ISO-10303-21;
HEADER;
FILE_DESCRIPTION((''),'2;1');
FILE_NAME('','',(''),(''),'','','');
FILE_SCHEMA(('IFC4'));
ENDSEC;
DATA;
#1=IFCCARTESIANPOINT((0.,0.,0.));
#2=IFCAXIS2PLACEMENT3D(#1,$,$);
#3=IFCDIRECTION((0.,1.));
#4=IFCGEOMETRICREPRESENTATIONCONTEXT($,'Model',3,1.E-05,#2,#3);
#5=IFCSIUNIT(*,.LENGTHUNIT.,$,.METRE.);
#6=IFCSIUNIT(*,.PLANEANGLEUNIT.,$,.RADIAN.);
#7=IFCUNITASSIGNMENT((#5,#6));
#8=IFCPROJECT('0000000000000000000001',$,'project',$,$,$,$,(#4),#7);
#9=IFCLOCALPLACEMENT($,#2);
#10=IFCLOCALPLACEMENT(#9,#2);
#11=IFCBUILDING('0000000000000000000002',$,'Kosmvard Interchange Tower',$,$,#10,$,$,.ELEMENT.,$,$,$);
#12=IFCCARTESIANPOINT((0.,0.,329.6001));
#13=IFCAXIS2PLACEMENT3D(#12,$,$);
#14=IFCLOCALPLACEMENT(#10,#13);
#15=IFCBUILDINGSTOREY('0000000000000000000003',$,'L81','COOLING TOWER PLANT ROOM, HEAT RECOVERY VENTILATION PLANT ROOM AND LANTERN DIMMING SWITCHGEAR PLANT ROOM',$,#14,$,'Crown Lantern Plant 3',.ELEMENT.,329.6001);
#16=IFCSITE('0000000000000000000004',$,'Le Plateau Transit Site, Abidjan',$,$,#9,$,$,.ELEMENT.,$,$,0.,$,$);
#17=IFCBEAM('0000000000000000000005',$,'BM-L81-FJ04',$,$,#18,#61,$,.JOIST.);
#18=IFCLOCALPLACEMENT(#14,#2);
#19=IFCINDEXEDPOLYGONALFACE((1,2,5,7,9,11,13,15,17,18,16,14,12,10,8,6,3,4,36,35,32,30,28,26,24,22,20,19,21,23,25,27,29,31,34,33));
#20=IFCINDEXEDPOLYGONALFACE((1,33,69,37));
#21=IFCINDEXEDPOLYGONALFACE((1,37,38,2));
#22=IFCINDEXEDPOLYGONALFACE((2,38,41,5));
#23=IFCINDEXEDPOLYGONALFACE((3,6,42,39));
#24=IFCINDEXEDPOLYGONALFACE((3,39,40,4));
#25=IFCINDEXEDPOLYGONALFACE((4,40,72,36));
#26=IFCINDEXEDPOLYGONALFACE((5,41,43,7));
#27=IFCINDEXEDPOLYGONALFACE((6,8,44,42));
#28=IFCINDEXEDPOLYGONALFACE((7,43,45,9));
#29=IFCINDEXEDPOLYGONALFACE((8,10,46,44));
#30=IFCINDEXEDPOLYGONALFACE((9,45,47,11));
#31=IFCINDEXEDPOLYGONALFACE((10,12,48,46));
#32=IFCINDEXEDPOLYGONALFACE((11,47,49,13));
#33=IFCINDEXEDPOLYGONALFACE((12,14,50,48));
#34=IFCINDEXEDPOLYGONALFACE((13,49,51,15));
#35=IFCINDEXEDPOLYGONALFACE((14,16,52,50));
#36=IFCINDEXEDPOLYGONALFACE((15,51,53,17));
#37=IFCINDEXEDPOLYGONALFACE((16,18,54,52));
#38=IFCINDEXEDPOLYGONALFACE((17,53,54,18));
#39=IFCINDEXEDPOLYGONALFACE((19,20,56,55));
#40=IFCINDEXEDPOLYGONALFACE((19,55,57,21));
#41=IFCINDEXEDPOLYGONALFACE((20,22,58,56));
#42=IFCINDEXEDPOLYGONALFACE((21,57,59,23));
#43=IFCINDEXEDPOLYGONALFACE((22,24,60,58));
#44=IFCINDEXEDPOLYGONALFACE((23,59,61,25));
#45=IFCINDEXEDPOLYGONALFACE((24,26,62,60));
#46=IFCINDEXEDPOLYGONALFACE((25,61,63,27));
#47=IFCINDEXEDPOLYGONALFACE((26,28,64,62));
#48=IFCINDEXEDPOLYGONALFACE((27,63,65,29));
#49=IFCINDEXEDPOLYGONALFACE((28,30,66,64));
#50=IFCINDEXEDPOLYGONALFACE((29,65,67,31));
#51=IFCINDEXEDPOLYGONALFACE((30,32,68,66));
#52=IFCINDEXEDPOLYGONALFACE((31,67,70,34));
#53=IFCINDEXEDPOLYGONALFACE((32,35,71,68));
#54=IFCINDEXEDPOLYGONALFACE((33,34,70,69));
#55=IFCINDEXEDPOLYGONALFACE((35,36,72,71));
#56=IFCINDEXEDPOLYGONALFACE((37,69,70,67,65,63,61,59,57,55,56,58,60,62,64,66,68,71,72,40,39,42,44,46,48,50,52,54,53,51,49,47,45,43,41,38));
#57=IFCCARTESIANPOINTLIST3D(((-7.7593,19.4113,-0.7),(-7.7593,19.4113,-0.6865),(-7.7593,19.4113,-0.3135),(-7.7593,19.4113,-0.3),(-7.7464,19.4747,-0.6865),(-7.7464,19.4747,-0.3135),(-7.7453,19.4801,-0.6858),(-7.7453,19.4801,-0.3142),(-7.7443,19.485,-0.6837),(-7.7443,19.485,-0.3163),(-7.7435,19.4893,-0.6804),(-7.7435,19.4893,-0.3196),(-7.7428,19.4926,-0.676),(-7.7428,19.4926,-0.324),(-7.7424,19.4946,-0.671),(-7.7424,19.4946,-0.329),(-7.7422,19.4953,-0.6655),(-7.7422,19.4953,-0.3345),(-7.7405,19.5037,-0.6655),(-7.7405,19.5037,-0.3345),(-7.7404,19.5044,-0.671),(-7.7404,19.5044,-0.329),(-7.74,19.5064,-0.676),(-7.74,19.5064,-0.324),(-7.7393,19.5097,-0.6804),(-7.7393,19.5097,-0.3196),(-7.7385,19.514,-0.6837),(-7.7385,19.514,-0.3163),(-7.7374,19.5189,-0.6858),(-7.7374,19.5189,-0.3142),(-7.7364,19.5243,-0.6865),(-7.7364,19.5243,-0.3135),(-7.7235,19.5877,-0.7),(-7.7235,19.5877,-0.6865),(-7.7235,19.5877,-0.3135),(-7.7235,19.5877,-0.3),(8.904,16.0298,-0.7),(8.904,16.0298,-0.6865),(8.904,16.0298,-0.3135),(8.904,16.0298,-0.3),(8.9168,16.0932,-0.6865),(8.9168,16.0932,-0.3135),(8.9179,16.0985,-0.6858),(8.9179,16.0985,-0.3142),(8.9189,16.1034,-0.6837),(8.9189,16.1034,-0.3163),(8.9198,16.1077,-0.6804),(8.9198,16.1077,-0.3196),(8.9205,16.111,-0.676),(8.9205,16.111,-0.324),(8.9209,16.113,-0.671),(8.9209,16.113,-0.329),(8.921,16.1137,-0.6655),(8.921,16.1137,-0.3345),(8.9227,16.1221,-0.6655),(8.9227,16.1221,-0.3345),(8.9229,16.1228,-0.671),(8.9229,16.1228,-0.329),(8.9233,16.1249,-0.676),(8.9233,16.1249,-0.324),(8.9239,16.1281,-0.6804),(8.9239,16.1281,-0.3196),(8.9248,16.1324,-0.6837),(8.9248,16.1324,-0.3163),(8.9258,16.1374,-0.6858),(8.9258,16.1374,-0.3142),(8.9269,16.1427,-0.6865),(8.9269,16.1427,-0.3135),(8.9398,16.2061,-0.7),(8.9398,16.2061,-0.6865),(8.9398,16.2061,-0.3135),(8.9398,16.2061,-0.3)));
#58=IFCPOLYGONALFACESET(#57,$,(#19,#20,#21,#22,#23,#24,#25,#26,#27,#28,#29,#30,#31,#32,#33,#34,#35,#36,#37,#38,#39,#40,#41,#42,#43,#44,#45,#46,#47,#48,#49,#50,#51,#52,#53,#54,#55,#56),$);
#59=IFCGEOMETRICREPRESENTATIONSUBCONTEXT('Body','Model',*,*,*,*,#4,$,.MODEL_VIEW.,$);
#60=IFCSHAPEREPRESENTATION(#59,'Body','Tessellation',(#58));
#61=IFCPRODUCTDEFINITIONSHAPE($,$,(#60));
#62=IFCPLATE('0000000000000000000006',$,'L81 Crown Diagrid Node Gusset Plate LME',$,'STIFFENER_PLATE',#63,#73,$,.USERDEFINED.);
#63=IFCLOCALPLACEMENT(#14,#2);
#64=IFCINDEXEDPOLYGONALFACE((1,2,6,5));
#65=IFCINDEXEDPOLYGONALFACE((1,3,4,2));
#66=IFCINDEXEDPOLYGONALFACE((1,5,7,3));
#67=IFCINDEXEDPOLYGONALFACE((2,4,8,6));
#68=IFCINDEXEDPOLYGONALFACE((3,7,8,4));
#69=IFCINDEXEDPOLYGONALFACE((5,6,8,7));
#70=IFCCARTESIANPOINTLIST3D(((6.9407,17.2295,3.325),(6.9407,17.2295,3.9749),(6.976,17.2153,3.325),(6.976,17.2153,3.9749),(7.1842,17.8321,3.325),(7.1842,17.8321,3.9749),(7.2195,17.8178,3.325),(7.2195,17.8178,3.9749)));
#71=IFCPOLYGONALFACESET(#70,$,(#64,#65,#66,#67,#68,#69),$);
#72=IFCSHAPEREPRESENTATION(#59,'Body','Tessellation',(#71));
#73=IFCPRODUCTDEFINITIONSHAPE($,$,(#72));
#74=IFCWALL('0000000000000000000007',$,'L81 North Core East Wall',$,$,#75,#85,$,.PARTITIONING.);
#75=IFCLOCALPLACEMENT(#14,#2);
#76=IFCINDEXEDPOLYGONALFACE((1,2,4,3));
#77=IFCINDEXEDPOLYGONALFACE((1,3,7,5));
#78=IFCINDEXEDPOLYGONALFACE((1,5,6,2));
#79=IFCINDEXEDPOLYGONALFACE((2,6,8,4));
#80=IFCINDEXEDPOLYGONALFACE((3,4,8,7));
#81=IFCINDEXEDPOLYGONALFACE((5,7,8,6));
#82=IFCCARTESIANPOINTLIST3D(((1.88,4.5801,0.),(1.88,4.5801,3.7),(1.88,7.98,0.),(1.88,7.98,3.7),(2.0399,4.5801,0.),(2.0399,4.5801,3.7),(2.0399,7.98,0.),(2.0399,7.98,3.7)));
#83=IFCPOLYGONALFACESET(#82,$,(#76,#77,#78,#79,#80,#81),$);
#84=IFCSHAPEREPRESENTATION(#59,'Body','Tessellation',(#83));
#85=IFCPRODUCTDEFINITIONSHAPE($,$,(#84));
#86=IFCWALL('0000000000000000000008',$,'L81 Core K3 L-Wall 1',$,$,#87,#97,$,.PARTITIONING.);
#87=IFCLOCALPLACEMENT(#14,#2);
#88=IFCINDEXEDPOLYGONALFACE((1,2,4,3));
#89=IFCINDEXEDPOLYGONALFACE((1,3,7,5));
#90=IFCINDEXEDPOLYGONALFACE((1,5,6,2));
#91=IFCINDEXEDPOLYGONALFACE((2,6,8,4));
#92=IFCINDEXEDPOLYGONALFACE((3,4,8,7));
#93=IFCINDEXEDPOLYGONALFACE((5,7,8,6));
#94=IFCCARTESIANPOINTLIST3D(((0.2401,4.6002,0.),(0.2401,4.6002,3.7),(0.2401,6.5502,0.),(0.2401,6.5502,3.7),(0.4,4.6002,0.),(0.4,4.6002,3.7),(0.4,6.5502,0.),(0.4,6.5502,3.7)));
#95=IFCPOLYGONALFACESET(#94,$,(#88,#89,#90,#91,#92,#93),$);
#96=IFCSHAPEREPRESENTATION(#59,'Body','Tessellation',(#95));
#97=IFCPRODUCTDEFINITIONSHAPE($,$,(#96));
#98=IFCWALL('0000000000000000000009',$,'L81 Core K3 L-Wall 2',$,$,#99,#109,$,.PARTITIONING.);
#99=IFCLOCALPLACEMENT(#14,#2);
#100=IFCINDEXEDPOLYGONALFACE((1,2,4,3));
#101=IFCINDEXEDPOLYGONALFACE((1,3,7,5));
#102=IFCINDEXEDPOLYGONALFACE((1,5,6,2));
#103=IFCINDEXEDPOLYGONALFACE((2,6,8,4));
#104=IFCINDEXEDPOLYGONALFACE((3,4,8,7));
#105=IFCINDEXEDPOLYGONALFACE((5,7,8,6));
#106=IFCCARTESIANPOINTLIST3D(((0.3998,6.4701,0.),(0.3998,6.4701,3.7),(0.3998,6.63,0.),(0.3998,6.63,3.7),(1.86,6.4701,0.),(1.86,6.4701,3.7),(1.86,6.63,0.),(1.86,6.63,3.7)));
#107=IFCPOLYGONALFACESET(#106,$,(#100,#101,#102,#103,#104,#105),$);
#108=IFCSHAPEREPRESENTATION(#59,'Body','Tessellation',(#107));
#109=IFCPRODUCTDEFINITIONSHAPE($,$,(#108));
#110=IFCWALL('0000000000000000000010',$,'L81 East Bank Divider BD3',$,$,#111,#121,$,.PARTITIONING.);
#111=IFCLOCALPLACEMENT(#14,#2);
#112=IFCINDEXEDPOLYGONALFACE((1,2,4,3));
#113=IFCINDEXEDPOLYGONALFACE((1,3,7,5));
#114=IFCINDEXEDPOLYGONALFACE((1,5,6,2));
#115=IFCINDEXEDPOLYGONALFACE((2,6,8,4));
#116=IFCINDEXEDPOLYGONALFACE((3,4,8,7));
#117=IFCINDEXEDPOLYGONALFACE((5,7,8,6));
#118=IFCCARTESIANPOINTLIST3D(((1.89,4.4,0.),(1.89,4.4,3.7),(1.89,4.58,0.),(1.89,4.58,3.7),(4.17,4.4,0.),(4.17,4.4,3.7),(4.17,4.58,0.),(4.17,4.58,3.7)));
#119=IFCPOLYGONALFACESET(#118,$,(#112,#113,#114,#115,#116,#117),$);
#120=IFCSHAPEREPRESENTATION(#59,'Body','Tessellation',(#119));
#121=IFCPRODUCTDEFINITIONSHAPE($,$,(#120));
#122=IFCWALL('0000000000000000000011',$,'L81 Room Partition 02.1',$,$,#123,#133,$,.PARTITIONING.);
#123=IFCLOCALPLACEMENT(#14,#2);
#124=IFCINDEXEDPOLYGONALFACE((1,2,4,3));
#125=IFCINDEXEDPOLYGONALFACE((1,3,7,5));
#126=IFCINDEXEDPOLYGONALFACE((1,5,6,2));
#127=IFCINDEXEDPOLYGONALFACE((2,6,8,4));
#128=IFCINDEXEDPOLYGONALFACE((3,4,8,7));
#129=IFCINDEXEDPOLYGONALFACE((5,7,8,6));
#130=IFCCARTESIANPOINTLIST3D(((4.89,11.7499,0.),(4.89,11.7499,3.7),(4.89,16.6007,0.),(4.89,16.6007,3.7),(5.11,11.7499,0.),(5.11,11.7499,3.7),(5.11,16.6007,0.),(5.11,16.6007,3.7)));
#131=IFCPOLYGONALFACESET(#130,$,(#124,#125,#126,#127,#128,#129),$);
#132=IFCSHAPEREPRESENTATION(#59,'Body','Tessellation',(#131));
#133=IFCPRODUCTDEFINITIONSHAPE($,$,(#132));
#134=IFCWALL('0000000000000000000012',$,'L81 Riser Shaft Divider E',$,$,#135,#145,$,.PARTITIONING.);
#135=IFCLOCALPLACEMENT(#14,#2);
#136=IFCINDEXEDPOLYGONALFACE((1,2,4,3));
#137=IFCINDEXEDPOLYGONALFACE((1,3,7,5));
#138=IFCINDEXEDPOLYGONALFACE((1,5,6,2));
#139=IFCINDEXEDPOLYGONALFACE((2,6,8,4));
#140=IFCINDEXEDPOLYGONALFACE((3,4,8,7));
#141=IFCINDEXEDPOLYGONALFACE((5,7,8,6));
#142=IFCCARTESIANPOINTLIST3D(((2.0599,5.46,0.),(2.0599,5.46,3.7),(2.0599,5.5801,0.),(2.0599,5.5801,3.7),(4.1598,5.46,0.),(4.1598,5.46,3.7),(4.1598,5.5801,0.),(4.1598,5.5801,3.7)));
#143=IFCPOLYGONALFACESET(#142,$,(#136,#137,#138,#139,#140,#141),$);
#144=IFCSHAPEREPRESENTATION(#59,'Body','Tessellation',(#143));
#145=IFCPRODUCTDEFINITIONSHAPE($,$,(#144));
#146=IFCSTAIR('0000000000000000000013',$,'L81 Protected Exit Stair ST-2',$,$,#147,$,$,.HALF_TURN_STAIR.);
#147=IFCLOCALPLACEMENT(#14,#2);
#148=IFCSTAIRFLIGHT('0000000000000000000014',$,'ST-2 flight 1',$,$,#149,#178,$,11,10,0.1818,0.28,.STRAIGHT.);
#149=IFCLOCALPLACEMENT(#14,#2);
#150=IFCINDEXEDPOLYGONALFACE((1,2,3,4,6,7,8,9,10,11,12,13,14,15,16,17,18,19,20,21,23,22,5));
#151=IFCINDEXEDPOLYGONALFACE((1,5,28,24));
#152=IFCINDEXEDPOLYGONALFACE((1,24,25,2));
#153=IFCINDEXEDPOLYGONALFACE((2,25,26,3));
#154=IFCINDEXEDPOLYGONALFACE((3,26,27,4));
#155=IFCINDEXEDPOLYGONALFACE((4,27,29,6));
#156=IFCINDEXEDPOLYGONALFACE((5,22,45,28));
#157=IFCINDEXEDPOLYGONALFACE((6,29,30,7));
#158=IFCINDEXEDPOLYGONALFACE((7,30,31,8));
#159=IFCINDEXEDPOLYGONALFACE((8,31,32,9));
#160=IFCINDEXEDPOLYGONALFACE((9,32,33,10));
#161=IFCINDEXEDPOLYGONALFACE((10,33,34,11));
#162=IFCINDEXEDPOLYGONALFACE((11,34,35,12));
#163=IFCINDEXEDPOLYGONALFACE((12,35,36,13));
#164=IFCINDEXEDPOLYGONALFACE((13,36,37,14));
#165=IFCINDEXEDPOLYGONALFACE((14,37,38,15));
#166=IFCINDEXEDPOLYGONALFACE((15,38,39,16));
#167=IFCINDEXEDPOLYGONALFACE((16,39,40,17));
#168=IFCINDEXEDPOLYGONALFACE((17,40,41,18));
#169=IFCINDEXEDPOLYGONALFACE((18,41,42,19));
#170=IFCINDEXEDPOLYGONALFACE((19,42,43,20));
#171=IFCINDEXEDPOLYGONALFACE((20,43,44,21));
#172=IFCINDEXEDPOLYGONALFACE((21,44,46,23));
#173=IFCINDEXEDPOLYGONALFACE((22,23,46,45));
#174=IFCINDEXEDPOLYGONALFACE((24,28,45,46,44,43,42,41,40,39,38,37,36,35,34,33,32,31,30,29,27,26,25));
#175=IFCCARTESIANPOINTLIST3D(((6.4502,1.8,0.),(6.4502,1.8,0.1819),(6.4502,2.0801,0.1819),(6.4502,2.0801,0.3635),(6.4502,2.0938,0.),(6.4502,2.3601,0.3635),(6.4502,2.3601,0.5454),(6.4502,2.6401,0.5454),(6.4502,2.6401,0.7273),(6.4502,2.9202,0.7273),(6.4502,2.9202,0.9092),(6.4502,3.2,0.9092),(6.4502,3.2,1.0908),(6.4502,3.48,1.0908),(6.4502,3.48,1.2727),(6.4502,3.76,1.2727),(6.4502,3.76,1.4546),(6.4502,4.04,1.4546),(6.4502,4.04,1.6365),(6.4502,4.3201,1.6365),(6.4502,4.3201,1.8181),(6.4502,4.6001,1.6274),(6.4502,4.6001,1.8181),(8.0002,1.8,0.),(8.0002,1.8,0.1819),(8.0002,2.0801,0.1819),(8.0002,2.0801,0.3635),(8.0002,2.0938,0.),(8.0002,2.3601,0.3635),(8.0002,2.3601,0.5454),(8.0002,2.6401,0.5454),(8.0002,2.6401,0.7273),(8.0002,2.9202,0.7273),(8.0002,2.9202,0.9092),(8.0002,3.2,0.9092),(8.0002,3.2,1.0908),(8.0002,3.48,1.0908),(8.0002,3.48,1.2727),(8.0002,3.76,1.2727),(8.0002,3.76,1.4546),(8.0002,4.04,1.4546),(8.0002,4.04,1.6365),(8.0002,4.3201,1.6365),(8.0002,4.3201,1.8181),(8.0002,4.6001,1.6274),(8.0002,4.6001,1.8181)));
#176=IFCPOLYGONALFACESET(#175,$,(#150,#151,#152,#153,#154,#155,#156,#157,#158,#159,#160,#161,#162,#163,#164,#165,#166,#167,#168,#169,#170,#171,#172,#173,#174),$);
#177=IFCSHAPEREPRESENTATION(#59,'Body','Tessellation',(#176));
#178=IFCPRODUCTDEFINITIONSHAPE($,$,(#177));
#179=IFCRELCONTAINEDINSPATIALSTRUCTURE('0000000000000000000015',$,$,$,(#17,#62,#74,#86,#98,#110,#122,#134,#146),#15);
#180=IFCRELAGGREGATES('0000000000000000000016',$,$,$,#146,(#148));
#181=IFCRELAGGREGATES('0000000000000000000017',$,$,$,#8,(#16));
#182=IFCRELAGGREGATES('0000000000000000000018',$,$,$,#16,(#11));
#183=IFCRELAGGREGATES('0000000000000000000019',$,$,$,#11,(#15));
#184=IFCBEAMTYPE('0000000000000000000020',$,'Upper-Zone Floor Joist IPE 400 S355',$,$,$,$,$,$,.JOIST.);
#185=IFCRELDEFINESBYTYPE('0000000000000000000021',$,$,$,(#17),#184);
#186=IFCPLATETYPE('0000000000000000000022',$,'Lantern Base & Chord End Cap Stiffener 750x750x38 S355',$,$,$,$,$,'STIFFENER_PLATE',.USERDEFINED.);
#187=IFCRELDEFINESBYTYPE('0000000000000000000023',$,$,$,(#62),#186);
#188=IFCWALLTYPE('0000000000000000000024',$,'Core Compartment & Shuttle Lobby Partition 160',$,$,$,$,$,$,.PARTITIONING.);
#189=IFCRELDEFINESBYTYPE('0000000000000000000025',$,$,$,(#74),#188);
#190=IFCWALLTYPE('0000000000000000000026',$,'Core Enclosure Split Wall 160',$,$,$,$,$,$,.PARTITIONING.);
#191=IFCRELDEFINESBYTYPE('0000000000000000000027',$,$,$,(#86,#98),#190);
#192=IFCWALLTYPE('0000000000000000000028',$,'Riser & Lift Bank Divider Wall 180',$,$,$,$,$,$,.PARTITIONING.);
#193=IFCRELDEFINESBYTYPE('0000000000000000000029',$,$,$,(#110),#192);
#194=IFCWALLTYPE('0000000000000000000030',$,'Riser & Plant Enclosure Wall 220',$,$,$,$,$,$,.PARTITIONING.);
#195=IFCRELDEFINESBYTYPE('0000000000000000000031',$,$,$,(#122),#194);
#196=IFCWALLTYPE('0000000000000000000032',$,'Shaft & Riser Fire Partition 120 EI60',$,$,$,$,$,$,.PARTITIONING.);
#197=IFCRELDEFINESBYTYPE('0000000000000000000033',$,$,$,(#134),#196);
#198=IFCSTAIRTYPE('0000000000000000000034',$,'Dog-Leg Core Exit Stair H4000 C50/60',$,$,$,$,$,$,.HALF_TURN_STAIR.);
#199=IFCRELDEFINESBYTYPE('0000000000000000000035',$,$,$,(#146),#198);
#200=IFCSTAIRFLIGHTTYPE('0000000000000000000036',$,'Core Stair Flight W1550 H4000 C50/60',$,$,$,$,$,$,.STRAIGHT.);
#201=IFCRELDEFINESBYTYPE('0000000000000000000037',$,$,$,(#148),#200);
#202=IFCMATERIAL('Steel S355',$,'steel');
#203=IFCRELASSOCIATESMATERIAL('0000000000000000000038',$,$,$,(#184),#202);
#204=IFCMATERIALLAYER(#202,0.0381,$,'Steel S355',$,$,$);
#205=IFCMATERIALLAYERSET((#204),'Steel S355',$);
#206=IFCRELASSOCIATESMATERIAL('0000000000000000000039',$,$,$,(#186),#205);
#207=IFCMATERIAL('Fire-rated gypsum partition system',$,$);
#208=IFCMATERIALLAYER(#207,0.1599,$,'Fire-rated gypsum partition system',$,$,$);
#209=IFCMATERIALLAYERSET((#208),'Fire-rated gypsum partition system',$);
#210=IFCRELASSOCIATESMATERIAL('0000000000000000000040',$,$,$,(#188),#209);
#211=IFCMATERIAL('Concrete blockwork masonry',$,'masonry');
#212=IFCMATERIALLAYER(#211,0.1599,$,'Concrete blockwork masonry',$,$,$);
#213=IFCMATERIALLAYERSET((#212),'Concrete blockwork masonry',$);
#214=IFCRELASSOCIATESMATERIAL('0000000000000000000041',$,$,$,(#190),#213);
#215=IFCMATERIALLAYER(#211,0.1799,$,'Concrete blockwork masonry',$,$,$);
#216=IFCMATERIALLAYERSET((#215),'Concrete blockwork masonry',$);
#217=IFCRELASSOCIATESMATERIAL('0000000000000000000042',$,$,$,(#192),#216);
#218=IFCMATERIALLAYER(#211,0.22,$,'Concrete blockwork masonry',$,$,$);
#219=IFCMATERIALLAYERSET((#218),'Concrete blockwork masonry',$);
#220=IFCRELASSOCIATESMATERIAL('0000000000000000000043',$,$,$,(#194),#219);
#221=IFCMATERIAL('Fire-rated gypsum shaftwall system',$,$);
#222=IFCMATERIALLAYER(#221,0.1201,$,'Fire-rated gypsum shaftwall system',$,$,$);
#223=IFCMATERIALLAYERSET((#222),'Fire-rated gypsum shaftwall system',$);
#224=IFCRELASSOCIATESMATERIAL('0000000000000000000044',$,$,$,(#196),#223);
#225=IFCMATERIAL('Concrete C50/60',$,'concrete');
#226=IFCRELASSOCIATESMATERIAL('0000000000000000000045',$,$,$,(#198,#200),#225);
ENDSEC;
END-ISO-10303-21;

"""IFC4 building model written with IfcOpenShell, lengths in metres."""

from ifc_helpers import new_model, si_unit, direction, frame, frame_2d, origin, origin_2d, place, context, subcontext, project, spatial, polyline, rectangle, i_section, outline, extrude, source, transform, mapped, material, layer, layer_set, material_profile, profile_set, type_object, element, aggregate, save


model = new_model("IFC4")

# Units and contexts
model_context = context("Model", 3, precision=1e-05, world=origin(), true_north=direction((0.0, 1.0)))
body_context = subcontext(model_context, "Body", "Model", "MODEL_VIEW")
ifc_project = project(units=[si_unit("LENGTHUNIT", "METRE"), si_unit("PLANEANGLEUNIT", "RADIAN")], contexts=[model_context])

# Site, building, storey
site_placement = place(None, origin())
site = spatial("IfcSite", under=ifc_project, at=site_placement, Name="Le Plateau Transit Site, Abidjan", CompositionType="ELEMENT", RefElevation=0.0)
building_placement = place(site_placement, origin())
building = spatial("IfcBuilding", under=site, at=building_placement, Name="Kosmvard Interchange Tower", CompositionType="ELEMENT")
storey_placement = place(building_placement, frame((0.0, 0.0, 329.6001)))
storey = spatial("IfcBuildingStorey", under=building, at=storey_placement, Name="L81", Description="COOLING TOWER PLANT ROOM, HEAT RECOVERY VENTILATION PLANT ROOM AND LANTERN DIMMING SWITCHGEAR PLANT ROOM", LongName="Crown Lantern Plant 3", CompositionType="ELEMENT", Elevation=329.6001)

# Shared definitions
ifc_material_1 = material(Name="Concrete C50/60", Category="concrete")
ifc_material_2 = material(Name="Steel S355", Category="steel")

# Beam
ifc_material_profile_1 = material_profile(ifc_material_2, i_section(OverallWidth=0.1799, OverallDepth=0.3999, WebThickness=0.0085, FlangeThickness=0.0134, FilletRadius=0.021, at=origin_2d()), Name="IPE 400")
ifc_profile_set_1 = profile_set([ifc_material_profile_1], Name="Steel S355")
beam_type_1 = type_object("IfcBeamType", Name="Upper-Zone Floor Joist IPE 400 S355", PredefinedType="JOIST", material=ifc_profile_set_1)
shared_shape_1 = source(origin(), body_context, "Body", "SweptSolid", [
    extrude(i_section(OverallWidth=0.1799, OverallDepth=0.3999, WebThickness=0.0085, FlangeThickness=0.0134, FilletRadius=0.021, at=origin_2d()), origin(), (0.0, 0.0, 1.0), 17.0029),
])
beam_1_placement = place(storey_placement, frame((8.9219, 16.1179, -0.5), z_axis=(-0.980023, 0.198882, 0.0), x_axis=(-0.198882, -0.980023, 0.0)))
element("IfcBeam", 1, at=beam_1_placement, inside=storey, type_object=beam_type_1, Name="BM-L81-FJ04", PredefinedType="JOIST", context=body_context, shape_type="MappedRepresentation", body=[
    mapped(shared_shape_1, transform((0.0, 0.0, 0.0), scale=1.0)),
])

# Plate
ifc_layer_1 = layer(ifc_material_2, 0.0381, Name="Steel S355")
ifc_layer_set_1 = layer_set([ifc_layer_1], Name="Steel S355")
plate_type = type_object("IfcPlateType", Name="Lantern Base & Chord End Cap Stiffener 750x750x38 S355", ElementType="STIFFENER_PLATE", PredefinedType="USERDEFINED", material=ifc_layer_set_1)
shared_shape_2 = source(origin(), body_context, "Body", "SweptSolid", [
    extrude(rectangle(XDim=0.6499, YDim=0.0381, at=origin_2d()), origin(), (0.0, 0.0, 1.0), 0.6499),
])
plate_placement = place(storey_placement, frame((7.0801, 17.5237, 3.325), z_axis=(0.0, 0.0, 1.0), x_axis=(0.374607, 0.927184, 0.0)))
element("IfcPlate", 2, at=plate_placement, inside=storey, type_object=plate_type, Name="L81 Crown Diagrid Node Gusset Plate LME", ObjectType="STIFFENER_PLATE", PredefinedType="USERDEFINED", context=body_context, shape_type="MappedRepresentation", body=[
    mapped(shared_shape_2, transform((0.0, 0.0, 0.0), scale=1.0)),
])

# Walls
ifc_material_3 = material(Name="Fire-rated gypsum partition system")
ifc_layer_2 = layer(ifc_material_3, 0.1599, Name="Fire-rated gypsum partition system")
ifc_layer_set_2 = layer_set([ifc_layer_2], Name="Fire-rated gypsum partition system")
wall_type_1 = type_object("IfcWallType", Name="Core Compartment & Shuttle Lobby Partition 160", PredefinedType="PARTITIONING", material=ifc_layer_set_2)
wall_1_placement = place(storey_placement, frame((1.96, 4.5801, 0.0), z_axis=(0.0, 0.0, 1.0), x_axis=(0.0, 1.0, 0.0)))
element("IfcWall", 3, at=wall_1_placement, inside=storey, type_object=wall_type_1, Name="L81 North Core East Wall", PredefinedType="PARTITIONING", context=body_context, shape_type="SweptSolid", body=[
    extrude(rectangle(XDim=3.3999, YDim=0.1599, at=frame_2d((1.7, 0.0))), origin(), (0.0, 0.0, 1.0), 3.7),
])
ifc_material_4 = material(Name="Concrete blockwork masonry", Category="masonry")
ifc_layer_3 = layer(ifc_material_4, 0.1599, Name="Concrete blockwork masonry")
ifc_layer_set_3 = layer_set([ifc_layer_3], Name="Concrete blockwork masonry")
wall_type_2 = type_object("IfcWallType", Name="Core Enclosure Split Wall 160", PredefinedType="PARTITIONING", material=ifc_layer_set_3)
wall_2_placement = place(storey_placement, frame((0.3201, 4.6001, 0.0), z_axis=(0.0, 0.0, 1.0), x_axis=(0.0, 1.0, 0.0)))
element("IfcWall", 4, at=wall_2_placement, inside=storey, type_object=wall_type_2, Name="L81 Core K3 L-Wall 1", PredefinedType="PARTITIONING", context=body_context, shape_type="SweptSolid", body=[
    extrude(rectangle(XDim=1.95, YDim=0.1599, at=frame_2d((0.9751, 0.0))), origin(), (0.0, 0.0, 1.0), 3.7),
])
wall_3_placement = place(storey_placement, frame((0.3999, 6.55, 0.0), z_axis=(0.0, 0.0, 1.0), x_axis=(1.0, 0.0, 0.0)))
element("IfcWall", 5, at=wall_3_placement, inside=storey, type_object=wall_type_2, Name="L81 Core K3 L-Wall 2", PredefinedType="PARTITIONING", context=body_context, shape_type="SweptSolid", body=[
    extrude(rectangle(XDim=1.4602, YDim=0.1599, at=frame_2d((0.73, 0.0))), origin(), (0.0, 0.0, 1.0), 3.7),
])
ifc_layer_4 = layer(ifc_material_4, 0.1799, Name="Concrete blockwork masonry")
ifc_layer_set_4 = layer_set([ifc_layer_4], Name="Concrete blockwork masonry")
wall_type_3 = type_object("IfcWallType", Name="Riser & Lift Bank Divider Wall 180", PredefinedType="PARTITIONING", material=ifc_layer_set_4)
wall_4_placement = place(storey_placement, frame((1.8899, 4.49, 0.0), z_axis=(0.0, 0.0, 1.0), x_axis=(1.0, 0.0, 0.0)))
element("IfcWall", 6, at=wall_4_placement, inside=storey, type_object=wall_type_3, Name="L81 East Bank Divider BD3", PredefinedType="PARTITIONING", context=body_context, shape_type="SweptSolid", body=[
    extrude(rectangle(XDim=2.28, YDim=0.1799, at=frame_2d((1.1401, 0.0))), origin(), (0.0, 0.0, 1.0), 3.7),
])
ifc_layer_5 = layer(ifc_material_4, 0.22, Name="Concrete blockwork masonry")
ifc_layer_set_5 = layer_set([ifc_layer_5], Name="Concrete blockwork masonry")
wall_type_4 = type_object("IfcWallType", Name="Riser & Plant Enclosure Wall 220", PredefinedType="PARTITIONING", material=ifc_layer_set_5)
wall_5_placement = place(storey_placement, frame((5.0, 11.75, 0.0), z_axis=(0.0, 0.0, 1.0), x_axis=(0.0, 1.0, 0.0)))
element("IfcWall", 7, at=wall_5_placement, inside=storey, type_object=wall_type_4, Name="L81 Room Partition 02.1", PredefinedType="PARTITIONING", context=body_context, shape_type="SweptSolid", body=[
    extrude(rectangle(XDim=4.8508, YDim=0.22, at=frame_2d((2.4253, 0.0))), origin(), (0.0, 0.0, 1.0), 3.7),
])
ifc_material_5 = material(Name="Fire-rated gypsum shaftwall system")
ifc_layer_6 = layer(ifc_material_5, 0.1201, Name="Fire-rated gypsum shaftwall system")
ifc_layer_set_6 = layer_set([ifc_layer_6], Name="Fire-rated gypsum shaftwall system")
wall_type_5 = type_object("IfcWallType", Name="Shaft & Riser Fire Partition 120 EI60", PredefinedType="PARTITIONING", material=ifc_layer_set_6)
wall_6_placement = place(storey_placement, frame((2.0601, 5.52, 0.0), z_axis=(0.0, 0.0, 1.0), x_axis=(1.0, 0.0, 0.0)))
element("IfcWall", 8, at=wall_6_placement, inside=storey, type_object=wall_type_5, Name="L81 Riser Shaft Divider E", PredefinedType="PARTITIONING", context=body_context, shape_type="SweptSolid", body=[
    extrude(rectangle(XDim=2.0999, YDim=0.1201, at=frame_2d((1.0498, 0.0))), origin(), (0.0, 0.0, 1.0), 3.7),
])

# Stair, stair flight
stair_type = type_object("IfcStairType", Name="Dog-Leg Core Exit Stair H4000 C50/60", PredefinedType="HALF_TURN_STAIR", material=ifc_material_1)
stair_placement = place(storey_placement, origin())
stair = element("IfcStair", 9, at=stair_placement, inside=storey, type_object=stair_type, Name="L81 Protected Exit Stair ST-2", PredefinedType="HALF_TURN_STAIR")
stair_flight_type = type_object("IfcStairFlightType", Name="Core Stair Flight W1550 H4000 C50/60", PredefinedType="STRAIGHT", material=ifc_material_1)
shared_shape_3 = source(origin(), body_context, "Body", "SweptSolid", [
    extrude(outline(polyline([(0.0, 0.0), (0.0, 0.1819), (0.28, 0.1819), (0.28, 0.3635), (0.5601, 0.3635), (0.5601, 0.5454), (0.8401, 0.5454), (0.8401, 0.7273), (1.1201, 0.7273), (1.1201, 0.9092), (1.3999, 0.9092), (1.3999, 1.0908), (1.6799, 1.0908), (1.6799, 1.2727), (1.96, 1.2727), (1.96, 1.4546), (2.24, 1.4546), (2.24, 1.6365), (2.52, 1.6365), (2.52, 1.8181), (2.8, 1.8181), (2.8, 2.0), (2.8, 1.6274), (0.2937, 0.0), (0.0, 0.0)])), frame((0.0, 0.7749, 0.0), z_axis=(0.0, -1.0, 0.0), x_axis=(1.0, 0.0, 0.0)), (0.0, 0.0, 1.0), 1.55),
])
stair_flight_1_placement = place(storey_placement, frame((7.2251, 1.8, 0.0), z_axis=(0.0, 0.0, 1.0), x_axis=(0.0, 1.0, 0.0)))
stair_flight_1 = element("IfcStairFlight", 10, at=stair_flight_1_placement, type_object=stair_flight_type, Name="ST-2 flight 1", NumberOfRisers=11, NumberOfTreads=10, PredefinedType="STRAIGHT", RiserHeight=0.1818, TreadLength=0.28, context=body_context, shape_type="MappedRepresentation", body=[
    mapped(shared_shape_3, transform((0.0, 0.0, 0.0), scale=1.0)),
])
aggregate(stair, [stair_flight_1])

save(model, "model.ifc")
